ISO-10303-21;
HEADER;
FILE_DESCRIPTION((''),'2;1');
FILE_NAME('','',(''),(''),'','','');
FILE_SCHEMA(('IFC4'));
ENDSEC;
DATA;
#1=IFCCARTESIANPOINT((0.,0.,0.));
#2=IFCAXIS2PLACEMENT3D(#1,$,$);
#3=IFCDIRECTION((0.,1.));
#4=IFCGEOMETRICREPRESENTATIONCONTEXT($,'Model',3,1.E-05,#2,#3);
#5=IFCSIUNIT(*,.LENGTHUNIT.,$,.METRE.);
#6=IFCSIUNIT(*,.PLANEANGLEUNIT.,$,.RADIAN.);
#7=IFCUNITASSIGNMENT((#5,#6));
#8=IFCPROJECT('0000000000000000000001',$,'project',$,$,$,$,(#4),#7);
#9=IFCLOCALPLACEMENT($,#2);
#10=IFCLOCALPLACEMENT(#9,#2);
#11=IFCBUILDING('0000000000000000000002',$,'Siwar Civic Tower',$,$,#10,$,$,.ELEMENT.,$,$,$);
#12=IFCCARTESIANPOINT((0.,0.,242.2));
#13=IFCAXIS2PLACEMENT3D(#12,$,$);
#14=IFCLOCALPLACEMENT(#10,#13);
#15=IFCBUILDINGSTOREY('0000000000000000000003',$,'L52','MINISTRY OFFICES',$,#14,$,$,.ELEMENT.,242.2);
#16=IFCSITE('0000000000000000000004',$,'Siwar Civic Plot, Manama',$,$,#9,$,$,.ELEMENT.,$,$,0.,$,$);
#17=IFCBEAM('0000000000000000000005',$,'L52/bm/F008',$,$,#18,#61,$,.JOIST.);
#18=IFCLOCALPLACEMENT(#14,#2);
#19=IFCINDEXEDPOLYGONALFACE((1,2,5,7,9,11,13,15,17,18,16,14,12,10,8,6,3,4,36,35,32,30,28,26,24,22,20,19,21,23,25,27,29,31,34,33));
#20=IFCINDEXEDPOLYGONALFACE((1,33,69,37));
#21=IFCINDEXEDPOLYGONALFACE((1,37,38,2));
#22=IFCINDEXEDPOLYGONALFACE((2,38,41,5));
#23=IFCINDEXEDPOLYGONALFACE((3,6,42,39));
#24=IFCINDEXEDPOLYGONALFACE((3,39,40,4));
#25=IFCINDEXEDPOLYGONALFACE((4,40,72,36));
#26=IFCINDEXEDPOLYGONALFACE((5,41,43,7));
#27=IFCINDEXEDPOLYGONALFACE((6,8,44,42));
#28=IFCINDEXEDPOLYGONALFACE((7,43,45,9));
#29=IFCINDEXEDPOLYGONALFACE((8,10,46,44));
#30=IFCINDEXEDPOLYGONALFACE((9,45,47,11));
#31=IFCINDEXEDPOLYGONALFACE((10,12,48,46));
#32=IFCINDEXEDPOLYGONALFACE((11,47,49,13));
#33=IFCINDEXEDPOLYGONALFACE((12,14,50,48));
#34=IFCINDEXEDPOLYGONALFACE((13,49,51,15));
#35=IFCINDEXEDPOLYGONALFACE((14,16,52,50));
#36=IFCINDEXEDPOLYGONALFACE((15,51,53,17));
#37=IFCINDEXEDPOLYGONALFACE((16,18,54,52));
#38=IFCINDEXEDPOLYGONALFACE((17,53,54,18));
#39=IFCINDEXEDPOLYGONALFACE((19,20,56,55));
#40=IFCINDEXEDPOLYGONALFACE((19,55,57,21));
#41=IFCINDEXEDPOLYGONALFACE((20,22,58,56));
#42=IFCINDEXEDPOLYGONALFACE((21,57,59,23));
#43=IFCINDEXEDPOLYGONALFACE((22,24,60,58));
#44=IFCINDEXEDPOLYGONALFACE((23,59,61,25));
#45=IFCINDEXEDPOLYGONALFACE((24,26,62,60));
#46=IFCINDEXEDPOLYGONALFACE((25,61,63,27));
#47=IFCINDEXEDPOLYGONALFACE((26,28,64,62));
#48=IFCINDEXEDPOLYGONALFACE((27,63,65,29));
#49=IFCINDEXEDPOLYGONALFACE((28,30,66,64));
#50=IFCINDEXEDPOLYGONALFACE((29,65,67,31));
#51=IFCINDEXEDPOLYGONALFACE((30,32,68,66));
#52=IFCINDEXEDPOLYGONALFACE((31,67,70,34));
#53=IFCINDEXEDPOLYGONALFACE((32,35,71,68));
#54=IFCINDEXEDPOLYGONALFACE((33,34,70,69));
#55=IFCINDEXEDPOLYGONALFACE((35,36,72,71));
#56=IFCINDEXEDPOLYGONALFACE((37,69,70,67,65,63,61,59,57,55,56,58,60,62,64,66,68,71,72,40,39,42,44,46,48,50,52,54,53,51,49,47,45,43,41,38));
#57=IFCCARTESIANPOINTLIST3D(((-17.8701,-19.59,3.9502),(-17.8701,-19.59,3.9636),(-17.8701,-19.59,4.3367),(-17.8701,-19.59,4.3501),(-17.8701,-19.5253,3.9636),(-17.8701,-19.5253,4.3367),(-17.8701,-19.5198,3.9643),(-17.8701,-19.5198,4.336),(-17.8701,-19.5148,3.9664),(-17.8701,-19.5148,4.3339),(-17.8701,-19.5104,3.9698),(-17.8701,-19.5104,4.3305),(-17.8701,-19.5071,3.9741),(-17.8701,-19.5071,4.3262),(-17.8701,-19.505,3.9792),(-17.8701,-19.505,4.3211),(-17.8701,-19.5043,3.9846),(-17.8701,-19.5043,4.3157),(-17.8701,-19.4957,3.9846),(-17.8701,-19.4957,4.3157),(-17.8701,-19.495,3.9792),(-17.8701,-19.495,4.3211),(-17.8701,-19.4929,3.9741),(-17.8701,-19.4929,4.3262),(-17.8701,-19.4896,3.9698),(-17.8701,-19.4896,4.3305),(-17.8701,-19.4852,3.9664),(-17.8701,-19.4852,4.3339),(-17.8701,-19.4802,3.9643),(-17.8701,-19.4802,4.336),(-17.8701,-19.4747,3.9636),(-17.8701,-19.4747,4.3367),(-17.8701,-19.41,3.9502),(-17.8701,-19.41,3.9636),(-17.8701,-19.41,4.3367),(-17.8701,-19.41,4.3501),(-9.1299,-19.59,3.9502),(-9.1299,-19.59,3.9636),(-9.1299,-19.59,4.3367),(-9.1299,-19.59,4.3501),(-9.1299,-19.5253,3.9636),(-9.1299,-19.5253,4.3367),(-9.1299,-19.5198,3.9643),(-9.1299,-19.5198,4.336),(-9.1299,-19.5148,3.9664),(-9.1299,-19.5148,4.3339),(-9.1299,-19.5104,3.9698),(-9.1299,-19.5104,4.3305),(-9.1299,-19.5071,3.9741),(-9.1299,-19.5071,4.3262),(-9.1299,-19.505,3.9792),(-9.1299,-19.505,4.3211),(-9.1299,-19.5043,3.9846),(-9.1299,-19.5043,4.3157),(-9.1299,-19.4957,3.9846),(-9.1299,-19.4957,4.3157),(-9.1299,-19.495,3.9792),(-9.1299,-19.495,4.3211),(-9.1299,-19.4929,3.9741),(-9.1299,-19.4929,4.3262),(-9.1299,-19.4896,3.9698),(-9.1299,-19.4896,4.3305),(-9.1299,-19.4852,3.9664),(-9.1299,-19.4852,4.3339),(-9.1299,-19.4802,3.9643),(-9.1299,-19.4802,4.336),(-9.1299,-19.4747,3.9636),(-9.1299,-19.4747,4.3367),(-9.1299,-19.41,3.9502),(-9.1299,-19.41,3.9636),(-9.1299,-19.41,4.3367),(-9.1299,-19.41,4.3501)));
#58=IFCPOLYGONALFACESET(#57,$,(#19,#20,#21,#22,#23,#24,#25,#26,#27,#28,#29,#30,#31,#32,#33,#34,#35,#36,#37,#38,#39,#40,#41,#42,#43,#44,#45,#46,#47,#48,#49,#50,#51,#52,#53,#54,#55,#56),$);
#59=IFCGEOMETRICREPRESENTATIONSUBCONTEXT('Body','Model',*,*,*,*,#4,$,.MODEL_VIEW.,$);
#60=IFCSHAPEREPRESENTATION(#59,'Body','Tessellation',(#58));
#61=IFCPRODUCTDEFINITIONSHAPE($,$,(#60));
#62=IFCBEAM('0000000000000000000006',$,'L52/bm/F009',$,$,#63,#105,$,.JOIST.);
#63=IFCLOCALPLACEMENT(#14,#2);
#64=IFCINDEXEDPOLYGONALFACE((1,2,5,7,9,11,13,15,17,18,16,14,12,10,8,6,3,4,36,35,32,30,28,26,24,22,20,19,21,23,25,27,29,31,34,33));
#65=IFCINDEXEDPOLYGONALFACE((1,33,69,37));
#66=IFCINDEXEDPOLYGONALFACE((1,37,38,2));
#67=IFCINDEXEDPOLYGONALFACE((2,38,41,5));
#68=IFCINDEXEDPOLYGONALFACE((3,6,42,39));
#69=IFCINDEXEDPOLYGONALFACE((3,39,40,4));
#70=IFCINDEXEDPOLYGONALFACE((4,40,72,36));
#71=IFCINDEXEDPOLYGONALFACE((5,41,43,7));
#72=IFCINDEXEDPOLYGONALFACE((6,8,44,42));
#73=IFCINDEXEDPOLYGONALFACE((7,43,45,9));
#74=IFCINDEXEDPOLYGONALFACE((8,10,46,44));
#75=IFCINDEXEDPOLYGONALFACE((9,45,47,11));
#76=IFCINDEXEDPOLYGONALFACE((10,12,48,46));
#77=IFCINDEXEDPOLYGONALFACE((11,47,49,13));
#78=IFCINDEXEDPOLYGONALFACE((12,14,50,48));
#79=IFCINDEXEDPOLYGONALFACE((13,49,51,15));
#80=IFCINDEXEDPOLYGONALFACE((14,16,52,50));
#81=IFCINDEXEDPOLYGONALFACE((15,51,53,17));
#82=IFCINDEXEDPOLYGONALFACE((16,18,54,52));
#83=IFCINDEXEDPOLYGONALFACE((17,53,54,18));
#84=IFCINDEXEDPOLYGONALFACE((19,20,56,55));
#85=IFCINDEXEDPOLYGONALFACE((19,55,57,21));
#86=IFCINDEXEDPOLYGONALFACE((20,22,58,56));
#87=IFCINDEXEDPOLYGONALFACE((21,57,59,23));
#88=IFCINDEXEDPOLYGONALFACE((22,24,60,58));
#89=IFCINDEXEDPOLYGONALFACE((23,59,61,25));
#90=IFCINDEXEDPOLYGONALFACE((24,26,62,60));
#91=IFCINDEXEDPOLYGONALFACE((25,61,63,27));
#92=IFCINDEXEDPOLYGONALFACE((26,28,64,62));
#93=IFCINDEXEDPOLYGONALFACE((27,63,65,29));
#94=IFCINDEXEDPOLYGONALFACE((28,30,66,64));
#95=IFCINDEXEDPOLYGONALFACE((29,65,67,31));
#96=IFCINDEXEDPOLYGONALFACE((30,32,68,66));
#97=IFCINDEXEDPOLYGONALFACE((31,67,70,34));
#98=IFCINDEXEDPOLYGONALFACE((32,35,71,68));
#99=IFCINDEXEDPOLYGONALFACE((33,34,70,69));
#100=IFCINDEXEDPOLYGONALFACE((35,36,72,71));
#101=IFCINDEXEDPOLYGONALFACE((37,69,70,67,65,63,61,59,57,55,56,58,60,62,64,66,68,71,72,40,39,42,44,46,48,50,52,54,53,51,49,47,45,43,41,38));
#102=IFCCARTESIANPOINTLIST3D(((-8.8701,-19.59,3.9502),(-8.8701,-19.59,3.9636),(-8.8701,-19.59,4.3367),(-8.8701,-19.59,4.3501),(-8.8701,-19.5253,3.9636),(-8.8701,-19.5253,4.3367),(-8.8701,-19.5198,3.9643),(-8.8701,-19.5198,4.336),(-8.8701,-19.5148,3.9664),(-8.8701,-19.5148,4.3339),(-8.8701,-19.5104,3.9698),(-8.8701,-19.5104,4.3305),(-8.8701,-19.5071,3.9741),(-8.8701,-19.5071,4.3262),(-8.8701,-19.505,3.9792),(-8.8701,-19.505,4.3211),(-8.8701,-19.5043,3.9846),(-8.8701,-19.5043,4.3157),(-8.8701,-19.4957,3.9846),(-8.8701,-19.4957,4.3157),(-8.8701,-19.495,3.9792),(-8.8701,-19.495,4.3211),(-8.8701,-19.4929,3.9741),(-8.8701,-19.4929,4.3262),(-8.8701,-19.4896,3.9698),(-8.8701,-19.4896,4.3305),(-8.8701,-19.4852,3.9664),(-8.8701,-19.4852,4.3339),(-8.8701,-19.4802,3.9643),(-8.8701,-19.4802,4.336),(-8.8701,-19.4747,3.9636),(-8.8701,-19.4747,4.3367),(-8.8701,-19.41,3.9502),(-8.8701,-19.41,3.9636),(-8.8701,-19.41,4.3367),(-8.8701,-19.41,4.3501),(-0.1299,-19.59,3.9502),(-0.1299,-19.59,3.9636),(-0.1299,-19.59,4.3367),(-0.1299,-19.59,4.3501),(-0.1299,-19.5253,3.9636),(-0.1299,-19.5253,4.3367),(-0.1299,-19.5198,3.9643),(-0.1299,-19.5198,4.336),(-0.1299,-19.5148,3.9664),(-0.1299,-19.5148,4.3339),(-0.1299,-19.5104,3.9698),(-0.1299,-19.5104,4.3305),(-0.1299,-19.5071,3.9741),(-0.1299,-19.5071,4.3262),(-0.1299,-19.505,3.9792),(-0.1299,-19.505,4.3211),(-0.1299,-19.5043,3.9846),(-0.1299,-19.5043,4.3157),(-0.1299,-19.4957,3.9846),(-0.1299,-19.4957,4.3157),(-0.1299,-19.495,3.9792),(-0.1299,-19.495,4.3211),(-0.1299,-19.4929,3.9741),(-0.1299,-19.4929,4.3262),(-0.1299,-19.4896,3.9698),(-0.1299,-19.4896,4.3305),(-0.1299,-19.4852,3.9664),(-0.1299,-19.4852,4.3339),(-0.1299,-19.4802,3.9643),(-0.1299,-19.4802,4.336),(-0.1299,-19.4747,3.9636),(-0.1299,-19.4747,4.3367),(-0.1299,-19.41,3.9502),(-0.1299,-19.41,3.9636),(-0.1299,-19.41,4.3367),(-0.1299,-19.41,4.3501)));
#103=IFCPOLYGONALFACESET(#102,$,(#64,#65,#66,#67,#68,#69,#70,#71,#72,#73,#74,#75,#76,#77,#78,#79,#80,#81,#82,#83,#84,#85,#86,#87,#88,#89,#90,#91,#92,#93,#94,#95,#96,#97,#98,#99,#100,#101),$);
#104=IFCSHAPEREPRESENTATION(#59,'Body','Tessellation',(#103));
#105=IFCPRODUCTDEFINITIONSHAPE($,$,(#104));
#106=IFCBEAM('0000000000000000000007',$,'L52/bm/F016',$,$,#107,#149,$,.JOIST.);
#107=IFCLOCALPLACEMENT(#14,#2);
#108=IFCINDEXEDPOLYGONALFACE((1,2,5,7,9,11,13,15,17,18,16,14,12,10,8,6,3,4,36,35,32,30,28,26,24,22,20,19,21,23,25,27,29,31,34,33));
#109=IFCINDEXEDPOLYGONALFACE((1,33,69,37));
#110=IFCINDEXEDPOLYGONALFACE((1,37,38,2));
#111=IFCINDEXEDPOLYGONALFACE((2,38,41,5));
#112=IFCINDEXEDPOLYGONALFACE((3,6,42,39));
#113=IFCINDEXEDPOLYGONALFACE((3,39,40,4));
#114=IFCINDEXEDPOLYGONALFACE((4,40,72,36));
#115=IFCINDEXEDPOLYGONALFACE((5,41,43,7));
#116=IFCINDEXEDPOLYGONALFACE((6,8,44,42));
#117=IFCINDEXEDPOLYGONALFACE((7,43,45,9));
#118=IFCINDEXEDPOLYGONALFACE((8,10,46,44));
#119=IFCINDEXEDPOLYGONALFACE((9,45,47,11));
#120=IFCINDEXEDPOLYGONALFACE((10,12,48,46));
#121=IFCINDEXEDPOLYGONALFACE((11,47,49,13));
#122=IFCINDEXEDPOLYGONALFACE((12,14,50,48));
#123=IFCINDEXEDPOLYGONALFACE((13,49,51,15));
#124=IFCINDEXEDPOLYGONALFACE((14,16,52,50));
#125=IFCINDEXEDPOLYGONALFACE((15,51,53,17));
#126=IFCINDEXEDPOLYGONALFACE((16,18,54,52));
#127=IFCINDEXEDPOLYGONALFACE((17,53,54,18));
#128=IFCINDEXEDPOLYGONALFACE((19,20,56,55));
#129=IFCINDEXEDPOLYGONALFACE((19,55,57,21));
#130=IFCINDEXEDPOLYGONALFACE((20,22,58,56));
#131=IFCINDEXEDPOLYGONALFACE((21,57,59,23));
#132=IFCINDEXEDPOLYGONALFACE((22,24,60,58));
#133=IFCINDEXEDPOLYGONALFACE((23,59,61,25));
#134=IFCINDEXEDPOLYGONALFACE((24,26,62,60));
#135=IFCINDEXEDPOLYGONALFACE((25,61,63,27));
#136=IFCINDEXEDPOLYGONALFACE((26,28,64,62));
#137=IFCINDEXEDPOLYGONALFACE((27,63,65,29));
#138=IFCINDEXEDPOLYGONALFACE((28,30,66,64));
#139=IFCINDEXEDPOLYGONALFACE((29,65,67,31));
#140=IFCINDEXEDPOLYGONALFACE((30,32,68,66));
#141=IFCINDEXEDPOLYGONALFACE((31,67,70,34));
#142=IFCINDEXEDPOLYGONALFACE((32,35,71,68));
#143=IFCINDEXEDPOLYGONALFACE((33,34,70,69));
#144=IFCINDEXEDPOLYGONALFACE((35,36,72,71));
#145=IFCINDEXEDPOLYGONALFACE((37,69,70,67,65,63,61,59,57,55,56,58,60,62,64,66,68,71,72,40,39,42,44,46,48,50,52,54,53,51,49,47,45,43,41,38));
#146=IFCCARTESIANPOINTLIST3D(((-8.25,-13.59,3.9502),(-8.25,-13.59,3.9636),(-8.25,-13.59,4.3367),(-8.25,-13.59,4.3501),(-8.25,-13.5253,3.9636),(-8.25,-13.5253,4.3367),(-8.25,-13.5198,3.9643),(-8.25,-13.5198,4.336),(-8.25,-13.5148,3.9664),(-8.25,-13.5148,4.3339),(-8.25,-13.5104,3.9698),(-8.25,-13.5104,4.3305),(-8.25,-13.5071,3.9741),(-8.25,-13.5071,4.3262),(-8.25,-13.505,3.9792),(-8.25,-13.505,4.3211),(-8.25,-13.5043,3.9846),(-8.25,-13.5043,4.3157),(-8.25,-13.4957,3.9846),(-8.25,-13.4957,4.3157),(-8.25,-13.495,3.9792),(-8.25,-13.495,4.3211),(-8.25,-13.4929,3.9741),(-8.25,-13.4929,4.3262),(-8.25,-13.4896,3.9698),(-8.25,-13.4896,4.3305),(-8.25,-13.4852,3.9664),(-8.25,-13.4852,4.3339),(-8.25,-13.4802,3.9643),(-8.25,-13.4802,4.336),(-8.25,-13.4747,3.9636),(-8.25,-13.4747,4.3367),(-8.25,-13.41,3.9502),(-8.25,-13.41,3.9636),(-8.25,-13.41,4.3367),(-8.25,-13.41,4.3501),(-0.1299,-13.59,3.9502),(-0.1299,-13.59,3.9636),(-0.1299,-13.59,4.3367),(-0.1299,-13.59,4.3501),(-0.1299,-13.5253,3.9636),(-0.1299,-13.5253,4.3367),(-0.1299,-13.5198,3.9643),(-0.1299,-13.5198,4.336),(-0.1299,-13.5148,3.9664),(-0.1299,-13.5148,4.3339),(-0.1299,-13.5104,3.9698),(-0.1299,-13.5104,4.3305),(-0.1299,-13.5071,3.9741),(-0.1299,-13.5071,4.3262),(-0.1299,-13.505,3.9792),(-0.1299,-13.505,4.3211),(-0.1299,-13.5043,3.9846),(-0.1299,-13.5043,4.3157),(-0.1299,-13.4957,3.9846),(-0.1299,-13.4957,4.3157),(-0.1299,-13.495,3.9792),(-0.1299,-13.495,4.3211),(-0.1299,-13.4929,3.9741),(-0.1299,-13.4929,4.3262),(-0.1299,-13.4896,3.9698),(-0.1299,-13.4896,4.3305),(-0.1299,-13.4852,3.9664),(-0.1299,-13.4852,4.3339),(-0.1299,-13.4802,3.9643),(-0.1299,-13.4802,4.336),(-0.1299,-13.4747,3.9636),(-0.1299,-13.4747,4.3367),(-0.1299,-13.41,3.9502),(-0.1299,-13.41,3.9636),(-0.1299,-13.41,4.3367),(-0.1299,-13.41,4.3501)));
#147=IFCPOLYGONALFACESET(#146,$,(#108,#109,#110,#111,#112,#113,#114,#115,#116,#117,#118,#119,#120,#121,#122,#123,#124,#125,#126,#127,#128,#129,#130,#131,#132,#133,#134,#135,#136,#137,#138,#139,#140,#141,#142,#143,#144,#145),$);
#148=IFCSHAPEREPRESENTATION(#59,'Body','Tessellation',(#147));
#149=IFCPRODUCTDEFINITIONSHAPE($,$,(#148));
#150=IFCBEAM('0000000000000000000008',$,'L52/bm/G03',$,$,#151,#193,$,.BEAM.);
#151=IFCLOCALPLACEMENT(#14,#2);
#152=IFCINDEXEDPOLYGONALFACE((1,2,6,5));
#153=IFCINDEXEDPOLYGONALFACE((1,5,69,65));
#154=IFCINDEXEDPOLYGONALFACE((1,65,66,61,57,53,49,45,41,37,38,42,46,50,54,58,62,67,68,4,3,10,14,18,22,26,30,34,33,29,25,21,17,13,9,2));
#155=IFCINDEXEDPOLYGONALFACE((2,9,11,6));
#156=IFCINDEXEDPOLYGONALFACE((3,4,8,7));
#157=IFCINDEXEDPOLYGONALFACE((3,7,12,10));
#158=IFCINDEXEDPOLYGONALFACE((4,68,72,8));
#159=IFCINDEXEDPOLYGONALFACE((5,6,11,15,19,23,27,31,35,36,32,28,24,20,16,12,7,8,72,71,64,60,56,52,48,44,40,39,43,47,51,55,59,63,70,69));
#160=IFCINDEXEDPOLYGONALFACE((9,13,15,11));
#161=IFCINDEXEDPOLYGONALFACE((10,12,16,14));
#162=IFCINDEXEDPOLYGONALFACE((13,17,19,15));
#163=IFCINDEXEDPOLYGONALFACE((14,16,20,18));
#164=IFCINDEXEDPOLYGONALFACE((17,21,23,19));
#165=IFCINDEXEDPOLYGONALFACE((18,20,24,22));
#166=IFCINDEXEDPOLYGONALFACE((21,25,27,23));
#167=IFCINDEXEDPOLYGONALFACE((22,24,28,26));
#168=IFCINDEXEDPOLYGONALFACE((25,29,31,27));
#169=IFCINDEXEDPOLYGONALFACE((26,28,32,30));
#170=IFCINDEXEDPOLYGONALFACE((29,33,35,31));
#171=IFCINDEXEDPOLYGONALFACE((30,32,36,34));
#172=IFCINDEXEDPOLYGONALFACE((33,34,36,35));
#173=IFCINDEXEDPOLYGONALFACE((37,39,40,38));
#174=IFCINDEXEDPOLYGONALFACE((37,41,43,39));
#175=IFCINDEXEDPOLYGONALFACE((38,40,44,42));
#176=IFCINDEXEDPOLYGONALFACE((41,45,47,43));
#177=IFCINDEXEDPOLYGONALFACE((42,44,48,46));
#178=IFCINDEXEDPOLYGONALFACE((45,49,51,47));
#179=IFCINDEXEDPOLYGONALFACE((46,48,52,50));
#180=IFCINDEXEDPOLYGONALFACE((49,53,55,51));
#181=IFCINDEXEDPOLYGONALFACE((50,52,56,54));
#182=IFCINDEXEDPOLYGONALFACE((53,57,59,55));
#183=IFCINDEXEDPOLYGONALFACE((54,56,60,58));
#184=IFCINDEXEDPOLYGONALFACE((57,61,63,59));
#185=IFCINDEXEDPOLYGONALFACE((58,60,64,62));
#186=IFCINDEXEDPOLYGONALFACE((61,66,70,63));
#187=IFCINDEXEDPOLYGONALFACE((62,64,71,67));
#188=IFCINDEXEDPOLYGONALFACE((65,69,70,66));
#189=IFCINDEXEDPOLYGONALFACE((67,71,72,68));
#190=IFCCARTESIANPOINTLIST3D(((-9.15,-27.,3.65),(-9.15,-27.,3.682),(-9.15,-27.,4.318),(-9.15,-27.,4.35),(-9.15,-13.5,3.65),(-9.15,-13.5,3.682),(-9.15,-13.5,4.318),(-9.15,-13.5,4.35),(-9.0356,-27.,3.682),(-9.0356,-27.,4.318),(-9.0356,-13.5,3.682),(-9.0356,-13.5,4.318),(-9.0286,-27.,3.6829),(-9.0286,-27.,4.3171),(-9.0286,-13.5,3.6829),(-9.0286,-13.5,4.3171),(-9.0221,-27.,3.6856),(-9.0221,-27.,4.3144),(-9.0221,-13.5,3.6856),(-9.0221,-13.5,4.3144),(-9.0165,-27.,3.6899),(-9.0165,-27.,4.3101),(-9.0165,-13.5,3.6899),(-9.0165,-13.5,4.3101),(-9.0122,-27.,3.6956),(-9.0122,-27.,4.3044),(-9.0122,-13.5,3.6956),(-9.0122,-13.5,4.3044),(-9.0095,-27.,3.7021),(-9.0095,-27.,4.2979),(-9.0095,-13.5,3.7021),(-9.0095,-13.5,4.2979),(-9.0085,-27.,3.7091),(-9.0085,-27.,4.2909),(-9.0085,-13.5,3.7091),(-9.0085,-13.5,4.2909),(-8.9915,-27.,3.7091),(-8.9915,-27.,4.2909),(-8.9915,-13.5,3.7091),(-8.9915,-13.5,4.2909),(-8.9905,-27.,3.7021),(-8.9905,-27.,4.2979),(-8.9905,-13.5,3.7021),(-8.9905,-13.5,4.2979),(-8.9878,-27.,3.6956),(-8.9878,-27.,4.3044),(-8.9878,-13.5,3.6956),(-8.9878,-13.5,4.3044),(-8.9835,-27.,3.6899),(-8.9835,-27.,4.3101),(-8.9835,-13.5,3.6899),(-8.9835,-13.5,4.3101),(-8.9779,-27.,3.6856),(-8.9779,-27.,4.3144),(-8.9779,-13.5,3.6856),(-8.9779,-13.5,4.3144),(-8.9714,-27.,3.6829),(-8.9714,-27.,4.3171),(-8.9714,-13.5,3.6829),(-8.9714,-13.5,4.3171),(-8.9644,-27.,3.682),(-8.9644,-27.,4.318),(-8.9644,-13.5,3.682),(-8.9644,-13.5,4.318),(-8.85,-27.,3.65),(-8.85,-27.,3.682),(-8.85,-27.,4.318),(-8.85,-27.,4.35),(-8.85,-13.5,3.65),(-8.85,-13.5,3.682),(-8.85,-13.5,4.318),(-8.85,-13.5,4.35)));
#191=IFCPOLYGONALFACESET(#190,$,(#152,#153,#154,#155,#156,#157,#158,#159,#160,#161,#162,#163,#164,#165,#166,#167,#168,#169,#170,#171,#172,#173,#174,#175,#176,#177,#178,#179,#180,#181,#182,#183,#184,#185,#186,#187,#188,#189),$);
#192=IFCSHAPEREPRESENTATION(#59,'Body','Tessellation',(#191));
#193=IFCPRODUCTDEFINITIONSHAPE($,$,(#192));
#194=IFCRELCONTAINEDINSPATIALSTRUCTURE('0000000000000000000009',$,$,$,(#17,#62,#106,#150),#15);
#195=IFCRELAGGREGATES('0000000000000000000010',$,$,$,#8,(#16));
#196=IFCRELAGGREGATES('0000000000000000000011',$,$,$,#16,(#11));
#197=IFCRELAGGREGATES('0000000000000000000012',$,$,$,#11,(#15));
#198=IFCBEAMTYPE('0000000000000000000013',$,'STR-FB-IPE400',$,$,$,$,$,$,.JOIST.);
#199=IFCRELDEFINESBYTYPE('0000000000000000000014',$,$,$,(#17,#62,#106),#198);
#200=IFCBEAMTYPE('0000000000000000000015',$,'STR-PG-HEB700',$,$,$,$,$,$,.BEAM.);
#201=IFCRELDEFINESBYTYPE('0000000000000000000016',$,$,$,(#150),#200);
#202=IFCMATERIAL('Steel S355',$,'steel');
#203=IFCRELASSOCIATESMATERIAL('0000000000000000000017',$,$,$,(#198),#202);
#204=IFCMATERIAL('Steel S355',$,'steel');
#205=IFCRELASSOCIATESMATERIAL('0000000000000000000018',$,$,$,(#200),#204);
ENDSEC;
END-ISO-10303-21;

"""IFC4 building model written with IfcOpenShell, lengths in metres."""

from ifc_helpers import new_model, si_unit, direction, frame, origin, origin_2d, place, context, subcontext, project, spatial, i_section, extrude, material, material_profile, profile_set, type_object, element, save


model = new_model("IFC4")

# Units and contexts
model_context = context("Model", 3, precision=1e-05, world=origin(), true_north=direction((0.0, 1.0)))
body_context = subcontext(model_context, "Body", "Model", "MODEL_VIEW")
ifc_project = project(units=[si_unit("LENGTHUNIT", "METRE"), si_unit("PLANEANGLEUNIT", "RADIAN")], contexts=[model_context])

# Site, building, storey
site_placement = place(None, origin())
site = spatial("IfcSite", under=ifc_project, at=site_placement, Name="Siwar Civic Plot, Manama", CompositionType="ELEMENT", RefElevation=0.0)
building_placement = place(site_placement, origin())
building = spatial("IfcBuilding", under=site, at=building_placement, Name="Siwar Civic Tower", CompositionType="ELEMENT")
storey_placement = place(building_placement, frame((0.0, 0.0, 242.2)))
storey = spatial("IfcBuildingStorey", under=building, at=storey_placement, Name="L52", Description="MINISTRY OFFICES", CompositionType="ELEMENT", Elevation=242.2)

# Beams
ifc_material_1 = material(Name="Steel S355", Category="steel")
ifc_material_profile_1 = material_profile(ifc_material_1, i_section(OverallWidth=0.1799, OverallDepth=0.3999, WebThickness=0.0085, FlangeThickness=0.0134, FilletRadius=0.021, at=origin_2d()), Name="IPE400")
ifc_profile_set_1 = profile_set([ifc_material_profile_1], Name="Steel S355")
beam_type_1 = type_object("IfcBeamType", Name="STR-FB-IPE400", PredefinedType="JOIST", material=ifc_profile_set_1)
for number, where, z_axis, x_axis, name in (
    (1, (-17.8701, -19.5, 4.1501), (1.0, 0.0, 0.0), (0.0, 1.0, 0.0), "L52/bm/F008"),
    (2, (-8.8701, -19.5, 4.1501), (1.0, 0.0, 0.0), (0.0, 1.0, 0.0), "L52/bm/F009"),
):
    element("IfcBeam", number, at=place(storey_placement, frame(where, z_axis=z_axis, x_axis=x_axis)), inside=storey, type_object=beam_type_1, Name=name, PredefinedType="JOIST", context=body_context, shape_type="SweptSolid", body=[
        extrude(i_section(OverallWidth=0.1799, OverallDepth=0.3999, WebThickness=0.0085, FlangeThickness=0.0134, FilletRadius=0.021, at=origin_2d()), origin(), (0.0, 0.0, 1.0), 8.7402),
    ])
beam_1_placement = place(storey_placement, frame((-8.25, -13.5, 4.1501), z_axis=(1.0, 0.0, 0.0), x_axis=(0.0, 1.0, 0.0)))
element("IfcBeam", 3, at=beam_1_placement, inside=storey, type_object=beam_type_1, Name="L52/bm/F016", PredefinedType="JOIST", context=body_context, shape_type="SweptSolid", body=[
    extrude(i_section(OverallWidth=0.1799, OverallDepth=0.3999, WebThickness=0.0085, FlangeThickness=0.0134, FilletRadius=0.021, at=origin_2d()), origin(), (0.0, 0.0, 1.0), 8.1201),
])
ifc_material_2 = material(Name="Steel S355", Category="steel")
ifc_material_profile_2 = material_profile(ifc_material_2, i_section(OverallWidth=0.3, OverallDepth=0.7, WebThickness=0.0171, FlangeThickness=0.032, FilletRadius=0.0271, at=origin_2d()), Name="HEB700")
ifc_profile_set_2 = profile_set([ifc_material_profile_2], Name="Steel S355")
beam_type_2 = type_object("IfcBeamType", Name="STR-PG-HEB700", PredefinedType="BEAM", material=ifc_profile_set_2)
beam_2_placement = place(storey_placement, frame((-9.0, -27.0, 4.0), z_axis=(0.0, 1.0, 0.0), x_axis=(-1.0, 0.0, 0.0)))
element("IfcBeam", 4, at=beam_2_placement, inside=storey, type_object=beam_type_2, Name="L52/bm/G03", PredefinedType="BEAM", context=body_context, shape_type="SweptSolid", body=[
    extrude(i_section(OverallWidth=0.3, OverallDepth=0.7, WebThickness=0.0171, FlangeThickness=0.032, FilletRadius=0.0271, at=origin_2d()), origin(), (0.0, 0.0, 1.0), 13.5),
])

save(model, "model.ifc")
